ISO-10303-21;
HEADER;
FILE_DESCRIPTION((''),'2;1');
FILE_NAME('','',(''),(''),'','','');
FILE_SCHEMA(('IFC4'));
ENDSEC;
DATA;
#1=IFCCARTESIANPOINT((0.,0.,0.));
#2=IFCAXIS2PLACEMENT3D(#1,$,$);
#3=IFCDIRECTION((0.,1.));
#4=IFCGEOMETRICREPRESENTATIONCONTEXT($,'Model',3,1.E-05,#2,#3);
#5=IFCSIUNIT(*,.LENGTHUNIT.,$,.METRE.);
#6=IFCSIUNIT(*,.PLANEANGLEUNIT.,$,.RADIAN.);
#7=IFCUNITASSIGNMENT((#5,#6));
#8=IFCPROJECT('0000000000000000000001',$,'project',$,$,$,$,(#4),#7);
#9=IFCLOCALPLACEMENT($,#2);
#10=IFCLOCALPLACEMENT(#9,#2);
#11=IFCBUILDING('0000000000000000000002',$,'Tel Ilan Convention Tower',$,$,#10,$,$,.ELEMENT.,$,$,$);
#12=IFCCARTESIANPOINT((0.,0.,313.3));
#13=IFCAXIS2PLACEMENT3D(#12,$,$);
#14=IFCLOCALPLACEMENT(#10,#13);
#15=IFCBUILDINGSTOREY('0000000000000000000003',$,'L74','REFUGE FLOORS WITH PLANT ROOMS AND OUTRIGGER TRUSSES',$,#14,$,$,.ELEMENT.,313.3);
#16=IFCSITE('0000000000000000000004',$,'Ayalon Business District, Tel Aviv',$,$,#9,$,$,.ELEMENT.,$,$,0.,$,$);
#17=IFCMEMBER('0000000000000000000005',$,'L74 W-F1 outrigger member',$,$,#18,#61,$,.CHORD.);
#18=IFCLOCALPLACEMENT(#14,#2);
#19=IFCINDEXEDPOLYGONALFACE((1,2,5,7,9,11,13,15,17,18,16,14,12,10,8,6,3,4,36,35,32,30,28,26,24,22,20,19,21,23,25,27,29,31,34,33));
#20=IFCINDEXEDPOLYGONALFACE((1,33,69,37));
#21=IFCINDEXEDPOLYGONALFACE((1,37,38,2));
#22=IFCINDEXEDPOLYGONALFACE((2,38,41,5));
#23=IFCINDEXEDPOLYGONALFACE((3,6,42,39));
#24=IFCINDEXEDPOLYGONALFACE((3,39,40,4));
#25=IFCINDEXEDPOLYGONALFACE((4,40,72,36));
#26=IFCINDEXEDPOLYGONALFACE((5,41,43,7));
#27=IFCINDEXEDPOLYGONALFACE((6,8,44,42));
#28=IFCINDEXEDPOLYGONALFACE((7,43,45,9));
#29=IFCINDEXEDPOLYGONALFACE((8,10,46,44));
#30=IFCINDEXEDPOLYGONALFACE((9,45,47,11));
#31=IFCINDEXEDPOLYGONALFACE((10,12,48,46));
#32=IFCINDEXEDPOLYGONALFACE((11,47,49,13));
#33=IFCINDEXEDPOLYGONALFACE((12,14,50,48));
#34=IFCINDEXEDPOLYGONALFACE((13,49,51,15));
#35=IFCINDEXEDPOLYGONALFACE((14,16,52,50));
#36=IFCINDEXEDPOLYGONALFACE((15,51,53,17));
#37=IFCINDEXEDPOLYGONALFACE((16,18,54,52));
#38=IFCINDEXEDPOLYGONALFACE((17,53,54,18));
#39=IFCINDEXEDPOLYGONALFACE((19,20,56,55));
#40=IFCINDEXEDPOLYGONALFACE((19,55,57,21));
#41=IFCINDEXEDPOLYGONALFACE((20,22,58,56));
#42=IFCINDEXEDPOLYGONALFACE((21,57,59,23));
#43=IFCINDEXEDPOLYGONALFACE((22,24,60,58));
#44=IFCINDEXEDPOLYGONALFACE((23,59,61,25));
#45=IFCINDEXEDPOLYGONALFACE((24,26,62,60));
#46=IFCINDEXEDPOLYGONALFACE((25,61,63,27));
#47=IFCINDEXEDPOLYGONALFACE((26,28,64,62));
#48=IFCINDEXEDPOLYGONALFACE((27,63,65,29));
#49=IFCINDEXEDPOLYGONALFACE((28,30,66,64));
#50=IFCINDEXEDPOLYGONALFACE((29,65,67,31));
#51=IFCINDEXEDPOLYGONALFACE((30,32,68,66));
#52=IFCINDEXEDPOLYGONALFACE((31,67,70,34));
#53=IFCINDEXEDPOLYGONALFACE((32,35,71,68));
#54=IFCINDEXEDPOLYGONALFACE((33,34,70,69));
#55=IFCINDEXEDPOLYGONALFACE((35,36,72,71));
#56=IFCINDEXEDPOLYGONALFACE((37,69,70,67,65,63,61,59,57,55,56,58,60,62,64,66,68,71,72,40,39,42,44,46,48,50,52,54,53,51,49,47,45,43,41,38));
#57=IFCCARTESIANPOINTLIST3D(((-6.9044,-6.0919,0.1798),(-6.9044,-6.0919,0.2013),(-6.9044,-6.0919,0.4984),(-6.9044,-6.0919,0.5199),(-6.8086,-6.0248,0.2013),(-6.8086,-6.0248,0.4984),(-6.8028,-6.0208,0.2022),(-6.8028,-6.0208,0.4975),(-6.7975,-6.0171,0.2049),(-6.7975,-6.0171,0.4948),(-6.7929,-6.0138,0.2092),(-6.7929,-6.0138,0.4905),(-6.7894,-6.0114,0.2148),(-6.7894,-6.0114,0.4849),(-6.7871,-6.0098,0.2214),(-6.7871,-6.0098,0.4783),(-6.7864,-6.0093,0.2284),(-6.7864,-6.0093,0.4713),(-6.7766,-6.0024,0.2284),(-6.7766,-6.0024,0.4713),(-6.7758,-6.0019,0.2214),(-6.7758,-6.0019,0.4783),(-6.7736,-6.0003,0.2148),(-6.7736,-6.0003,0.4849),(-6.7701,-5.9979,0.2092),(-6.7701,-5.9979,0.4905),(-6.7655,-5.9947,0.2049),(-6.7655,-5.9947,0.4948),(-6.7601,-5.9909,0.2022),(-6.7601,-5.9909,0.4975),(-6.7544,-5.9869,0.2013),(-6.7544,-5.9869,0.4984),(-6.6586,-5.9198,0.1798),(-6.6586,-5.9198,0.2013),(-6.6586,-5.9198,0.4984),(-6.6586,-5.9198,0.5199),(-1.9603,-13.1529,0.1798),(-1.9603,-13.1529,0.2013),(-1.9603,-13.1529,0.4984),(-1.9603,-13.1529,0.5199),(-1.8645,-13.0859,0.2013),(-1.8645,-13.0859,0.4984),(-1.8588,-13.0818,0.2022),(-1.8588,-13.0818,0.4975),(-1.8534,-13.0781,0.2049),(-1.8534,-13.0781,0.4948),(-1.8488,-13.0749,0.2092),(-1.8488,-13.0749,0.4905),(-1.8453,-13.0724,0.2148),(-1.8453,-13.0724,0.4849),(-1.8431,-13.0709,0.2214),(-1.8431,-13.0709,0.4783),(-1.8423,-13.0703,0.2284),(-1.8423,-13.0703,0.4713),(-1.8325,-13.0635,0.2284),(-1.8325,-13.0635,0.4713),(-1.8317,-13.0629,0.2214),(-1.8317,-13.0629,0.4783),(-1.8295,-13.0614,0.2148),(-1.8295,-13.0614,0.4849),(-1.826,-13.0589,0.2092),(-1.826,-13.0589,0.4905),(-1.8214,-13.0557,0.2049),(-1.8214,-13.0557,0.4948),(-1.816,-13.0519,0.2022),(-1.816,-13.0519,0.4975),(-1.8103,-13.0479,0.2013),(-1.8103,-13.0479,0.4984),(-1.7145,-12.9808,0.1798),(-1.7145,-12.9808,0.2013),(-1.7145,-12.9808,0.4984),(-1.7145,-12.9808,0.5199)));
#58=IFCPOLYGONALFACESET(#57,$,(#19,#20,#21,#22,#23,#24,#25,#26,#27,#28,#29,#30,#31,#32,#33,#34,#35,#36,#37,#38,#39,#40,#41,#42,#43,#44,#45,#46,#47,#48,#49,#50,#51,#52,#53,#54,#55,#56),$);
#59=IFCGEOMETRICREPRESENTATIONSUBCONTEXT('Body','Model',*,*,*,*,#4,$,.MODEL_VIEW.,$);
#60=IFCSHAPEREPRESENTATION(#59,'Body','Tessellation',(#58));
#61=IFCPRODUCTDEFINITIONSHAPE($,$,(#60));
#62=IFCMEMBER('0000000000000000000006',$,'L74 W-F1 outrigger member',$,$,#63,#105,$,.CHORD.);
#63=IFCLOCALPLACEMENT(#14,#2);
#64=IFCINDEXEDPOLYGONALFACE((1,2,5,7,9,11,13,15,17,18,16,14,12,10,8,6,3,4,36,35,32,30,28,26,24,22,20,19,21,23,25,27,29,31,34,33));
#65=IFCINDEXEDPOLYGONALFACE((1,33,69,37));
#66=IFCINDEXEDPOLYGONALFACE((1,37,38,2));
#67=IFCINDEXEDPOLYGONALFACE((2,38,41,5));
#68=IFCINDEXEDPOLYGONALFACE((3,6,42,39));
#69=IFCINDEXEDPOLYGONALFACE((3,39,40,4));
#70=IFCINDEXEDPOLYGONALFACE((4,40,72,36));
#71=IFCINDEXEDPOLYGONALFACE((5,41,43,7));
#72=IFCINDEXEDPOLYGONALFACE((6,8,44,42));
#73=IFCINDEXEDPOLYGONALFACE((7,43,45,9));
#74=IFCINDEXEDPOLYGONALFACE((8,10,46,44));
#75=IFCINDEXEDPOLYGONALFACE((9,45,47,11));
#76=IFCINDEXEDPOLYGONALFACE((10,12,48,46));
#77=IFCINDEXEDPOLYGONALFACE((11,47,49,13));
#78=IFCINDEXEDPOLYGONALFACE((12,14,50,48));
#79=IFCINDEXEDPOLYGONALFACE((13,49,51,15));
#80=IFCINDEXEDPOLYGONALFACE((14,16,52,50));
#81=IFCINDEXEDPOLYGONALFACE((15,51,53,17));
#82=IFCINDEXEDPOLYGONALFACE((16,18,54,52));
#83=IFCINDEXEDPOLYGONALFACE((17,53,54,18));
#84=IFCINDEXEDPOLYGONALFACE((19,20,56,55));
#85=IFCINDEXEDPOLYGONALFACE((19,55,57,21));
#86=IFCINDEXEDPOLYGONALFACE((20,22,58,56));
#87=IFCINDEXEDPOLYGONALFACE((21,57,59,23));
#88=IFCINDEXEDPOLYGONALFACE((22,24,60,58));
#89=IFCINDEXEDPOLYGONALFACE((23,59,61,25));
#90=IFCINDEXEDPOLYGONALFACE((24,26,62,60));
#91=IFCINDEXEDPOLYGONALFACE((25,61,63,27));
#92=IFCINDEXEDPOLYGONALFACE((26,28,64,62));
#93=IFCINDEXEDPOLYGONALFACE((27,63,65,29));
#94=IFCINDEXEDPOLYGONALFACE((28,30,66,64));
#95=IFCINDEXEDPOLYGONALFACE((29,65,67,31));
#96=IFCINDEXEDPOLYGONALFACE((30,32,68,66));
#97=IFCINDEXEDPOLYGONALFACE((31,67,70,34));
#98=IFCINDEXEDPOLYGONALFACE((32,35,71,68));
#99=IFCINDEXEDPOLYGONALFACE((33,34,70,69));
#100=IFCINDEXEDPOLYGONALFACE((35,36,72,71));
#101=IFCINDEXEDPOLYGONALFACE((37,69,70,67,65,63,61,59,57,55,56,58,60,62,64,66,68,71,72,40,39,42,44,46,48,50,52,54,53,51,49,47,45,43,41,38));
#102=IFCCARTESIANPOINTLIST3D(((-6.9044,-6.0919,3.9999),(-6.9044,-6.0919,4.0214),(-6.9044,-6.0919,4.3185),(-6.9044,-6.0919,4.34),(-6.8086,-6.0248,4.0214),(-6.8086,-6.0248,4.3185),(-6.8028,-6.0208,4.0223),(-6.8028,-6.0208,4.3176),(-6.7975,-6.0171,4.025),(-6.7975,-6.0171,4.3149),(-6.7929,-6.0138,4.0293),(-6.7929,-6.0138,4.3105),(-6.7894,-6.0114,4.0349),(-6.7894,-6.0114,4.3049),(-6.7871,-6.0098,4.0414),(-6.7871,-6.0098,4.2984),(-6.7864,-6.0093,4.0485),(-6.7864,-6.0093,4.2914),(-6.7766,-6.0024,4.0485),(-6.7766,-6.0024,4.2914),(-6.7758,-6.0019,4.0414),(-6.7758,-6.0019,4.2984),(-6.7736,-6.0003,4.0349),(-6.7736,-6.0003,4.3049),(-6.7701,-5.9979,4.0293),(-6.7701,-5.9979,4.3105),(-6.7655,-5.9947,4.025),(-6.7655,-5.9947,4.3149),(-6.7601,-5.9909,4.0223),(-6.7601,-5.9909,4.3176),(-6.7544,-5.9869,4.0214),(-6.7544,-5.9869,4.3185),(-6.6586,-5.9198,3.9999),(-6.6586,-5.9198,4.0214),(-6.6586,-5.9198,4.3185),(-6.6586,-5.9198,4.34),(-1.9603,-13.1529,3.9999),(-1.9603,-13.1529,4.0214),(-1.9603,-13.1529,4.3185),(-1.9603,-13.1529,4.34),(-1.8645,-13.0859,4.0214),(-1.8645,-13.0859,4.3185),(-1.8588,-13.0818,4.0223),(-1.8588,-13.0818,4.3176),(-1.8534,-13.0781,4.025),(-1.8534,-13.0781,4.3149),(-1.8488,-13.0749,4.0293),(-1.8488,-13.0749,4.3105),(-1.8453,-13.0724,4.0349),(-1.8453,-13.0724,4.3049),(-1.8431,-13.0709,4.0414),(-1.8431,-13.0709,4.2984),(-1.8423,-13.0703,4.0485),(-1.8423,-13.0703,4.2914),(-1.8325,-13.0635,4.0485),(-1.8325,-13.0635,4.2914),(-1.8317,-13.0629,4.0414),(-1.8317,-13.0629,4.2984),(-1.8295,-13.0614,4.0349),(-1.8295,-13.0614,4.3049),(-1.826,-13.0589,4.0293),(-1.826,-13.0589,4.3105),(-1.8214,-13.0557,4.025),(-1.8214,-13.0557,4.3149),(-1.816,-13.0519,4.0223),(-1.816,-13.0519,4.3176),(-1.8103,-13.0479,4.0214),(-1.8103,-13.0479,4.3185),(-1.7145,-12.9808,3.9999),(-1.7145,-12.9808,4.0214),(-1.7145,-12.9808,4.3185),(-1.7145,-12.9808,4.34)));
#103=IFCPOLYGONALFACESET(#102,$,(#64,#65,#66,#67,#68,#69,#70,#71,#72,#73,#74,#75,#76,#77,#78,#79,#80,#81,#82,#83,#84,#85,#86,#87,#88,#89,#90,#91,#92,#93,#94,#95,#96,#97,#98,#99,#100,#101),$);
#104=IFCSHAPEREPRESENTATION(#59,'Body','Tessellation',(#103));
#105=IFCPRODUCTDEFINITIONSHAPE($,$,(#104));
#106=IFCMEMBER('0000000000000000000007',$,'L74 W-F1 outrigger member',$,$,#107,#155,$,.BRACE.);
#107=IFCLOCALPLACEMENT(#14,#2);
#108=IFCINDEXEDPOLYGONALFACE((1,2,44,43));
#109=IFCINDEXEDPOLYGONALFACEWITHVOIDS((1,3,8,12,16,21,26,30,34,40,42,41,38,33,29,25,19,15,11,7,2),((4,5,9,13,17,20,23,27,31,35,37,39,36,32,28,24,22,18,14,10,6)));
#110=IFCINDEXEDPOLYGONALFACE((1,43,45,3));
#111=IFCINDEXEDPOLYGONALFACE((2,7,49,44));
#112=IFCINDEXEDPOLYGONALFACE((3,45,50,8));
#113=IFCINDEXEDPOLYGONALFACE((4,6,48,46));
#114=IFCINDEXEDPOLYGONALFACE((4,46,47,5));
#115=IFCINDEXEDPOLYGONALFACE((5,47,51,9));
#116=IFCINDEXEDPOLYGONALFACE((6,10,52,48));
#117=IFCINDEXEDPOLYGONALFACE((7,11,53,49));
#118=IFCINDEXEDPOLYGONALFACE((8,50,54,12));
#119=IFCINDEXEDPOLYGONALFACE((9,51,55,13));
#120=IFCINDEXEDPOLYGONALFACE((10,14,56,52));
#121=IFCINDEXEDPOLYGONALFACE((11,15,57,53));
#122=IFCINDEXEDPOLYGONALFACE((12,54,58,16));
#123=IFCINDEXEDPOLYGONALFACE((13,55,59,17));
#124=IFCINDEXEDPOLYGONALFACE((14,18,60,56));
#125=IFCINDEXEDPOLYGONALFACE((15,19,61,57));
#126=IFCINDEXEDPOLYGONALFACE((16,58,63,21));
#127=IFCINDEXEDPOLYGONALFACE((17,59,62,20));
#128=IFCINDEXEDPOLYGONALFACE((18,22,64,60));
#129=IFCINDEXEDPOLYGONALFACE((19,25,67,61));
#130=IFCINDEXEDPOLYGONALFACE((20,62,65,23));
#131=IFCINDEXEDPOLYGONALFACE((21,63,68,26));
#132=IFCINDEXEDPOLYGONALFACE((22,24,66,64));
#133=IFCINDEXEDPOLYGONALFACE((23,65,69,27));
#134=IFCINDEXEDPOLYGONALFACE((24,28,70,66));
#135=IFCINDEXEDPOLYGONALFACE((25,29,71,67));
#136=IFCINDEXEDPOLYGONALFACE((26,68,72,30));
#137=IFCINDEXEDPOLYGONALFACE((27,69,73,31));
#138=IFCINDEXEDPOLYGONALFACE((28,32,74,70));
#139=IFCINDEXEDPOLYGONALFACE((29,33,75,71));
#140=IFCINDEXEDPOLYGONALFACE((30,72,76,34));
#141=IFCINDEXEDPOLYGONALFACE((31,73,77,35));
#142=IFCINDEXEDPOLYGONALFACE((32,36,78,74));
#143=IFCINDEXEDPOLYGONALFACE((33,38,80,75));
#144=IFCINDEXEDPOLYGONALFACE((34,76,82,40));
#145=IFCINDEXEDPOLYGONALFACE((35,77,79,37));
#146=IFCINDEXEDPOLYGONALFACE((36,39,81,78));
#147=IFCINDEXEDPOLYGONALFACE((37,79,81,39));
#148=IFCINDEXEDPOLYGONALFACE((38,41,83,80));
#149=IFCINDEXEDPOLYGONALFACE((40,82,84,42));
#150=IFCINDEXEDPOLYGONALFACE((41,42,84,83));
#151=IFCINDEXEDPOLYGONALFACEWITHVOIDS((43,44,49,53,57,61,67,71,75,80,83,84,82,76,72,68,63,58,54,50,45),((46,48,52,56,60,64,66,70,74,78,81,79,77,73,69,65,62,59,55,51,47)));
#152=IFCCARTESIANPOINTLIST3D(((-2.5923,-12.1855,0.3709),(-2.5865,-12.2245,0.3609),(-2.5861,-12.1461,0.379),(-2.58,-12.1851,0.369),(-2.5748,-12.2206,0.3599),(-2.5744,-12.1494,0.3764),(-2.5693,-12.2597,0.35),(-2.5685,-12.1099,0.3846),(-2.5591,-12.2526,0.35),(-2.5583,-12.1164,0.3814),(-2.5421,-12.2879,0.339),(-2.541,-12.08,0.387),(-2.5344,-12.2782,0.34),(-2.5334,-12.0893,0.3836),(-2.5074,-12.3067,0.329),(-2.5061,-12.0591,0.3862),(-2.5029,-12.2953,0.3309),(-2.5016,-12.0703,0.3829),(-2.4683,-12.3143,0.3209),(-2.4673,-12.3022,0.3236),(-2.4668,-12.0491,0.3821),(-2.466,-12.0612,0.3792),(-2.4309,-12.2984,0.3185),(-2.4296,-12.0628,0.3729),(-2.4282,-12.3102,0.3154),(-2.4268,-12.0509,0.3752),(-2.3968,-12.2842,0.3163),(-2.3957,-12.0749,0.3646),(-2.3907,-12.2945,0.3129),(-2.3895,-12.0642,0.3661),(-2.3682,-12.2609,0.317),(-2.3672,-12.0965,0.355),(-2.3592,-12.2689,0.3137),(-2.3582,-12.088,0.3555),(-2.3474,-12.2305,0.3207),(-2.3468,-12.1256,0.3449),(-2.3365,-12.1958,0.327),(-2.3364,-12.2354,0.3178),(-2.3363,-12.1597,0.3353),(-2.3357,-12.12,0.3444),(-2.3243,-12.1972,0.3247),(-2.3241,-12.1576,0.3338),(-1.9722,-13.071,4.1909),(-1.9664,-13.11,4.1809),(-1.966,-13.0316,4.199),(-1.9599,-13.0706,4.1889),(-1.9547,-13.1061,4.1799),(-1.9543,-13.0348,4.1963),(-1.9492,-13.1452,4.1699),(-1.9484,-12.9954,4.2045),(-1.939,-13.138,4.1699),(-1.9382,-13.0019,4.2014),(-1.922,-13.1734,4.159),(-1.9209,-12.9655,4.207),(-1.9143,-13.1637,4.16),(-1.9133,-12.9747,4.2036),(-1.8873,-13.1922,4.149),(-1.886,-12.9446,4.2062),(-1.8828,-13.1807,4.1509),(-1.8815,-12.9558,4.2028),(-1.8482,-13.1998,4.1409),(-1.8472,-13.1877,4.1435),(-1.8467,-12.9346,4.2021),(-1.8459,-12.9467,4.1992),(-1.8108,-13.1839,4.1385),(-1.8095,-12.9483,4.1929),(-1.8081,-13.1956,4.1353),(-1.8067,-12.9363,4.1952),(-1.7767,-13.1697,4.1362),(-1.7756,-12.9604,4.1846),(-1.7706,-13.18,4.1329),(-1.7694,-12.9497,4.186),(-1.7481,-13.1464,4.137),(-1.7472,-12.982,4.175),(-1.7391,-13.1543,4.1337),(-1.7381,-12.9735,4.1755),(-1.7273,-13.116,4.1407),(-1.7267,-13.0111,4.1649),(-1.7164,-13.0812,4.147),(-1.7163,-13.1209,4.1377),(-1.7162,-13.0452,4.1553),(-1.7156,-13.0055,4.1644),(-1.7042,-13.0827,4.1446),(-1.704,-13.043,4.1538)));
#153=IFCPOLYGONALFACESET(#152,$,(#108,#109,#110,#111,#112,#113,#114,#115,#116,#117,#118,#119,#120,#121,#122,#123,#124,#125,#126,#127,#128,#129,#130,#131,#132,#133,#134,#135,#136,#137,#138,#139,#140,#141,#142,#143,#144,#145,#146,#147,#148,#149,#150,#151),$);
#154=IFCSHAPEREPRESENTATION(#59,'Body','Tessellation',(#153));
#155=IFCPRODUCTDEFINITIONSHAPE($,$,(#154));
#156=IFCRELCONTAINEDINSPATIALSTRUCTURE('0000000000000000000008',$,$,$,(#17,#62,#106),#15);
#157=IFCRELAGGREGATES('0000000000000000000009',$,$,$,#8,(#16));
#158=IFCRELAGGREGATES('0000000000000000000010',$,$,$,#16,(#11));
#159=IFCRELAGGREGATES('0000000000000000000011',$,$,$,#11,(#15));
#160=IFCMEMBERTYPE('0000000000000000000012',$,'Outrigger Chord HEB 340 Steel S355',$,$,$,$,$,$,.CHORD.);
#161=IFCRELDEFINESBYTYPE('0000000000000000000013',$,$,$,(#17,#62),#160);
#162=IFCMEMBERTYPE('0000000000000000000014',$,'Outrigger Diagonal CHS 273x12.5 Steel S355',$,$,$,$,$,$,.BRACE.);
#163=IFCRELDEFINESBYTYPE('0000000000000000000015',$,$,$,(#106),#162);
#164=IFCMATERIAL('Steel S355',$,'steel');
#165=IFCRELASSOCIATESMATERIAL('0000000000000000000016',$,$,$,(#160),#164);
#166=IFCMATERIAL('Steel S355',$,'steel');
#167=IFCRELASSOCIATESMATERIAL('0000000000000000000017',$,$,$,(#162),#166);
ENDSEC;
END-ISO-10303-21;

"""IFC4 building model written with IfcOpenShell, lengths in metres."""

from ifc_helpers import new_model, si_unit, direction, frame, origin, origin_2d, place, context, subcontext, project, spatial, hollow_circle, i_section, extrude, material, material_profile, profile_set, type_object, element, save


model = new_model("IFC4")

# Units and contexts
model_context = context("Model", 3, precision=1e-05, world=origin(), true_north=direction((0.0, 1.0)))
body_context = subcontext(model_context, "Body", "Model", "MODEL_VIEW")
ifc_project = project(units=[si_unit("LENGTHUNIT", "METRE"), si_unit("PLANEANGLEUNIT", "RADIAN")], contexts=[model_context])

# Site, building, storey
site_placement = place(None, origin())
site = spatial("IfcSite", under=ifc_project, at=site_placement, Name="Ayalon Business District, Tel Aviv", CompositionType="ELEMENT", RefElevation=0.0)
building_placement = place(site_placement, origin())
building = spatial("IfcBuilding", under=site, at=building_placement, Name="Tel Ilan Convention Tower", CompositionType="ELEMENT")
storey_placement = place(building_placement, frame((0.0, 0.0, 313.3)))
storey = spatial("IfcBuildingStorey", under=building, at=storey_placement, Name="L74", Description="REFUGE FLOORS WITH PLANT ROOMS AND OUTRIGGER TRUSSES", CompositionType="ELEMENT", Elevation=313.3)

# Members
ifc_material_1 = material(Name="Steel S355", Category="steel")
ifc_material_profile_1 = material_profile(ifc_material_1, i_section(OverallWidth=0.3, OverallDepth=0.3401, WebThickness=0.012, FlangeThickness=0.0215, FilletRadius=0.0271, at=origin_2d()), Name="HEB 340")
ifc_profile_set_1 = profile_set([ifc_material_profile_1], Name="Steel S355")
member_type_1 = type_object("IfcMemberType", Name="Outrigger Chord HEB 340 Steel S355", PredefinedType="CHORD", material=ifc_profile_set_1)
for number, where, z_axis, x_axis, name in (
    (1, (-1.8374, -13.0669, 0.3499), (-0.573569, 0.819157, 0.0), (-0.819157, -0.573569, 0.0), "L74 W-F1 outrigger member"),
    (2, (-1.8374, -13.0669, 4.1699), (-0.573569, 0.819157, 0.0), (-0.819157, -0.573569, 0.0), "L74 W-F1 outrigger member"),
):
    element("IfcMember", number, at=place(storey_placement, frame(where, z_axis=z_axis, x_axis=x_axis)), inside=storey, type_object=member_type_1, Name=name, PredefinedType="CHORD", context=body_context, shape_type="SweptSolid", body=[
        extrude(i_section(OverallWidth=0.3, OverallDepth=0.3401, WebThickness=0.012, FlangeThickness=0.0215, FilletRadius=0.0271, at=origin_2d()), origin(), (0.0, 0.0, 1.0), 8.6199),
    ])
ifc_material_2 = material(Name="Steel S355", Category="steel")
ifc_material_profile_2 = material_profile(ifc_material_2, hollow_circle(Radius=0.1365, WallThickness=0.0125, at=origin_2d()), Name="CHS 273x12.5")
ifc_profile_set_2 = profile_set([ifc_material_profile_2], Name="Steel S355")
member_type_2 = type_object("IfcMemberType", Name="Outrigger Diagonal CHS 273x12.5 Steel S355", PredefinedType="BRACE", material=ifc_profile_set_2)
member_1_placement = place(storey_placement, frame((-1.8374, -13.0669, 4.1699), z_axis=(-0.156197, 0.223043, -0.962213), x_axis=(-0.819115, -0.573629, 0.0)))
element("IfcMember", 3, at=member_1_placement, inside=storey, type_object=member_type_2, Name="L74 W-F1 outrigger member", PredefinedType="BRACE", context=body_context, shape_type="SweptSolid", body=[
    extrude(hollow_circle(Radius=0.1365, WallThickness=0.0125, at=origin_2d()), origin(), (0.0, 0.0, 1.0), 3.97),
])

save(model, "model.ifc")
